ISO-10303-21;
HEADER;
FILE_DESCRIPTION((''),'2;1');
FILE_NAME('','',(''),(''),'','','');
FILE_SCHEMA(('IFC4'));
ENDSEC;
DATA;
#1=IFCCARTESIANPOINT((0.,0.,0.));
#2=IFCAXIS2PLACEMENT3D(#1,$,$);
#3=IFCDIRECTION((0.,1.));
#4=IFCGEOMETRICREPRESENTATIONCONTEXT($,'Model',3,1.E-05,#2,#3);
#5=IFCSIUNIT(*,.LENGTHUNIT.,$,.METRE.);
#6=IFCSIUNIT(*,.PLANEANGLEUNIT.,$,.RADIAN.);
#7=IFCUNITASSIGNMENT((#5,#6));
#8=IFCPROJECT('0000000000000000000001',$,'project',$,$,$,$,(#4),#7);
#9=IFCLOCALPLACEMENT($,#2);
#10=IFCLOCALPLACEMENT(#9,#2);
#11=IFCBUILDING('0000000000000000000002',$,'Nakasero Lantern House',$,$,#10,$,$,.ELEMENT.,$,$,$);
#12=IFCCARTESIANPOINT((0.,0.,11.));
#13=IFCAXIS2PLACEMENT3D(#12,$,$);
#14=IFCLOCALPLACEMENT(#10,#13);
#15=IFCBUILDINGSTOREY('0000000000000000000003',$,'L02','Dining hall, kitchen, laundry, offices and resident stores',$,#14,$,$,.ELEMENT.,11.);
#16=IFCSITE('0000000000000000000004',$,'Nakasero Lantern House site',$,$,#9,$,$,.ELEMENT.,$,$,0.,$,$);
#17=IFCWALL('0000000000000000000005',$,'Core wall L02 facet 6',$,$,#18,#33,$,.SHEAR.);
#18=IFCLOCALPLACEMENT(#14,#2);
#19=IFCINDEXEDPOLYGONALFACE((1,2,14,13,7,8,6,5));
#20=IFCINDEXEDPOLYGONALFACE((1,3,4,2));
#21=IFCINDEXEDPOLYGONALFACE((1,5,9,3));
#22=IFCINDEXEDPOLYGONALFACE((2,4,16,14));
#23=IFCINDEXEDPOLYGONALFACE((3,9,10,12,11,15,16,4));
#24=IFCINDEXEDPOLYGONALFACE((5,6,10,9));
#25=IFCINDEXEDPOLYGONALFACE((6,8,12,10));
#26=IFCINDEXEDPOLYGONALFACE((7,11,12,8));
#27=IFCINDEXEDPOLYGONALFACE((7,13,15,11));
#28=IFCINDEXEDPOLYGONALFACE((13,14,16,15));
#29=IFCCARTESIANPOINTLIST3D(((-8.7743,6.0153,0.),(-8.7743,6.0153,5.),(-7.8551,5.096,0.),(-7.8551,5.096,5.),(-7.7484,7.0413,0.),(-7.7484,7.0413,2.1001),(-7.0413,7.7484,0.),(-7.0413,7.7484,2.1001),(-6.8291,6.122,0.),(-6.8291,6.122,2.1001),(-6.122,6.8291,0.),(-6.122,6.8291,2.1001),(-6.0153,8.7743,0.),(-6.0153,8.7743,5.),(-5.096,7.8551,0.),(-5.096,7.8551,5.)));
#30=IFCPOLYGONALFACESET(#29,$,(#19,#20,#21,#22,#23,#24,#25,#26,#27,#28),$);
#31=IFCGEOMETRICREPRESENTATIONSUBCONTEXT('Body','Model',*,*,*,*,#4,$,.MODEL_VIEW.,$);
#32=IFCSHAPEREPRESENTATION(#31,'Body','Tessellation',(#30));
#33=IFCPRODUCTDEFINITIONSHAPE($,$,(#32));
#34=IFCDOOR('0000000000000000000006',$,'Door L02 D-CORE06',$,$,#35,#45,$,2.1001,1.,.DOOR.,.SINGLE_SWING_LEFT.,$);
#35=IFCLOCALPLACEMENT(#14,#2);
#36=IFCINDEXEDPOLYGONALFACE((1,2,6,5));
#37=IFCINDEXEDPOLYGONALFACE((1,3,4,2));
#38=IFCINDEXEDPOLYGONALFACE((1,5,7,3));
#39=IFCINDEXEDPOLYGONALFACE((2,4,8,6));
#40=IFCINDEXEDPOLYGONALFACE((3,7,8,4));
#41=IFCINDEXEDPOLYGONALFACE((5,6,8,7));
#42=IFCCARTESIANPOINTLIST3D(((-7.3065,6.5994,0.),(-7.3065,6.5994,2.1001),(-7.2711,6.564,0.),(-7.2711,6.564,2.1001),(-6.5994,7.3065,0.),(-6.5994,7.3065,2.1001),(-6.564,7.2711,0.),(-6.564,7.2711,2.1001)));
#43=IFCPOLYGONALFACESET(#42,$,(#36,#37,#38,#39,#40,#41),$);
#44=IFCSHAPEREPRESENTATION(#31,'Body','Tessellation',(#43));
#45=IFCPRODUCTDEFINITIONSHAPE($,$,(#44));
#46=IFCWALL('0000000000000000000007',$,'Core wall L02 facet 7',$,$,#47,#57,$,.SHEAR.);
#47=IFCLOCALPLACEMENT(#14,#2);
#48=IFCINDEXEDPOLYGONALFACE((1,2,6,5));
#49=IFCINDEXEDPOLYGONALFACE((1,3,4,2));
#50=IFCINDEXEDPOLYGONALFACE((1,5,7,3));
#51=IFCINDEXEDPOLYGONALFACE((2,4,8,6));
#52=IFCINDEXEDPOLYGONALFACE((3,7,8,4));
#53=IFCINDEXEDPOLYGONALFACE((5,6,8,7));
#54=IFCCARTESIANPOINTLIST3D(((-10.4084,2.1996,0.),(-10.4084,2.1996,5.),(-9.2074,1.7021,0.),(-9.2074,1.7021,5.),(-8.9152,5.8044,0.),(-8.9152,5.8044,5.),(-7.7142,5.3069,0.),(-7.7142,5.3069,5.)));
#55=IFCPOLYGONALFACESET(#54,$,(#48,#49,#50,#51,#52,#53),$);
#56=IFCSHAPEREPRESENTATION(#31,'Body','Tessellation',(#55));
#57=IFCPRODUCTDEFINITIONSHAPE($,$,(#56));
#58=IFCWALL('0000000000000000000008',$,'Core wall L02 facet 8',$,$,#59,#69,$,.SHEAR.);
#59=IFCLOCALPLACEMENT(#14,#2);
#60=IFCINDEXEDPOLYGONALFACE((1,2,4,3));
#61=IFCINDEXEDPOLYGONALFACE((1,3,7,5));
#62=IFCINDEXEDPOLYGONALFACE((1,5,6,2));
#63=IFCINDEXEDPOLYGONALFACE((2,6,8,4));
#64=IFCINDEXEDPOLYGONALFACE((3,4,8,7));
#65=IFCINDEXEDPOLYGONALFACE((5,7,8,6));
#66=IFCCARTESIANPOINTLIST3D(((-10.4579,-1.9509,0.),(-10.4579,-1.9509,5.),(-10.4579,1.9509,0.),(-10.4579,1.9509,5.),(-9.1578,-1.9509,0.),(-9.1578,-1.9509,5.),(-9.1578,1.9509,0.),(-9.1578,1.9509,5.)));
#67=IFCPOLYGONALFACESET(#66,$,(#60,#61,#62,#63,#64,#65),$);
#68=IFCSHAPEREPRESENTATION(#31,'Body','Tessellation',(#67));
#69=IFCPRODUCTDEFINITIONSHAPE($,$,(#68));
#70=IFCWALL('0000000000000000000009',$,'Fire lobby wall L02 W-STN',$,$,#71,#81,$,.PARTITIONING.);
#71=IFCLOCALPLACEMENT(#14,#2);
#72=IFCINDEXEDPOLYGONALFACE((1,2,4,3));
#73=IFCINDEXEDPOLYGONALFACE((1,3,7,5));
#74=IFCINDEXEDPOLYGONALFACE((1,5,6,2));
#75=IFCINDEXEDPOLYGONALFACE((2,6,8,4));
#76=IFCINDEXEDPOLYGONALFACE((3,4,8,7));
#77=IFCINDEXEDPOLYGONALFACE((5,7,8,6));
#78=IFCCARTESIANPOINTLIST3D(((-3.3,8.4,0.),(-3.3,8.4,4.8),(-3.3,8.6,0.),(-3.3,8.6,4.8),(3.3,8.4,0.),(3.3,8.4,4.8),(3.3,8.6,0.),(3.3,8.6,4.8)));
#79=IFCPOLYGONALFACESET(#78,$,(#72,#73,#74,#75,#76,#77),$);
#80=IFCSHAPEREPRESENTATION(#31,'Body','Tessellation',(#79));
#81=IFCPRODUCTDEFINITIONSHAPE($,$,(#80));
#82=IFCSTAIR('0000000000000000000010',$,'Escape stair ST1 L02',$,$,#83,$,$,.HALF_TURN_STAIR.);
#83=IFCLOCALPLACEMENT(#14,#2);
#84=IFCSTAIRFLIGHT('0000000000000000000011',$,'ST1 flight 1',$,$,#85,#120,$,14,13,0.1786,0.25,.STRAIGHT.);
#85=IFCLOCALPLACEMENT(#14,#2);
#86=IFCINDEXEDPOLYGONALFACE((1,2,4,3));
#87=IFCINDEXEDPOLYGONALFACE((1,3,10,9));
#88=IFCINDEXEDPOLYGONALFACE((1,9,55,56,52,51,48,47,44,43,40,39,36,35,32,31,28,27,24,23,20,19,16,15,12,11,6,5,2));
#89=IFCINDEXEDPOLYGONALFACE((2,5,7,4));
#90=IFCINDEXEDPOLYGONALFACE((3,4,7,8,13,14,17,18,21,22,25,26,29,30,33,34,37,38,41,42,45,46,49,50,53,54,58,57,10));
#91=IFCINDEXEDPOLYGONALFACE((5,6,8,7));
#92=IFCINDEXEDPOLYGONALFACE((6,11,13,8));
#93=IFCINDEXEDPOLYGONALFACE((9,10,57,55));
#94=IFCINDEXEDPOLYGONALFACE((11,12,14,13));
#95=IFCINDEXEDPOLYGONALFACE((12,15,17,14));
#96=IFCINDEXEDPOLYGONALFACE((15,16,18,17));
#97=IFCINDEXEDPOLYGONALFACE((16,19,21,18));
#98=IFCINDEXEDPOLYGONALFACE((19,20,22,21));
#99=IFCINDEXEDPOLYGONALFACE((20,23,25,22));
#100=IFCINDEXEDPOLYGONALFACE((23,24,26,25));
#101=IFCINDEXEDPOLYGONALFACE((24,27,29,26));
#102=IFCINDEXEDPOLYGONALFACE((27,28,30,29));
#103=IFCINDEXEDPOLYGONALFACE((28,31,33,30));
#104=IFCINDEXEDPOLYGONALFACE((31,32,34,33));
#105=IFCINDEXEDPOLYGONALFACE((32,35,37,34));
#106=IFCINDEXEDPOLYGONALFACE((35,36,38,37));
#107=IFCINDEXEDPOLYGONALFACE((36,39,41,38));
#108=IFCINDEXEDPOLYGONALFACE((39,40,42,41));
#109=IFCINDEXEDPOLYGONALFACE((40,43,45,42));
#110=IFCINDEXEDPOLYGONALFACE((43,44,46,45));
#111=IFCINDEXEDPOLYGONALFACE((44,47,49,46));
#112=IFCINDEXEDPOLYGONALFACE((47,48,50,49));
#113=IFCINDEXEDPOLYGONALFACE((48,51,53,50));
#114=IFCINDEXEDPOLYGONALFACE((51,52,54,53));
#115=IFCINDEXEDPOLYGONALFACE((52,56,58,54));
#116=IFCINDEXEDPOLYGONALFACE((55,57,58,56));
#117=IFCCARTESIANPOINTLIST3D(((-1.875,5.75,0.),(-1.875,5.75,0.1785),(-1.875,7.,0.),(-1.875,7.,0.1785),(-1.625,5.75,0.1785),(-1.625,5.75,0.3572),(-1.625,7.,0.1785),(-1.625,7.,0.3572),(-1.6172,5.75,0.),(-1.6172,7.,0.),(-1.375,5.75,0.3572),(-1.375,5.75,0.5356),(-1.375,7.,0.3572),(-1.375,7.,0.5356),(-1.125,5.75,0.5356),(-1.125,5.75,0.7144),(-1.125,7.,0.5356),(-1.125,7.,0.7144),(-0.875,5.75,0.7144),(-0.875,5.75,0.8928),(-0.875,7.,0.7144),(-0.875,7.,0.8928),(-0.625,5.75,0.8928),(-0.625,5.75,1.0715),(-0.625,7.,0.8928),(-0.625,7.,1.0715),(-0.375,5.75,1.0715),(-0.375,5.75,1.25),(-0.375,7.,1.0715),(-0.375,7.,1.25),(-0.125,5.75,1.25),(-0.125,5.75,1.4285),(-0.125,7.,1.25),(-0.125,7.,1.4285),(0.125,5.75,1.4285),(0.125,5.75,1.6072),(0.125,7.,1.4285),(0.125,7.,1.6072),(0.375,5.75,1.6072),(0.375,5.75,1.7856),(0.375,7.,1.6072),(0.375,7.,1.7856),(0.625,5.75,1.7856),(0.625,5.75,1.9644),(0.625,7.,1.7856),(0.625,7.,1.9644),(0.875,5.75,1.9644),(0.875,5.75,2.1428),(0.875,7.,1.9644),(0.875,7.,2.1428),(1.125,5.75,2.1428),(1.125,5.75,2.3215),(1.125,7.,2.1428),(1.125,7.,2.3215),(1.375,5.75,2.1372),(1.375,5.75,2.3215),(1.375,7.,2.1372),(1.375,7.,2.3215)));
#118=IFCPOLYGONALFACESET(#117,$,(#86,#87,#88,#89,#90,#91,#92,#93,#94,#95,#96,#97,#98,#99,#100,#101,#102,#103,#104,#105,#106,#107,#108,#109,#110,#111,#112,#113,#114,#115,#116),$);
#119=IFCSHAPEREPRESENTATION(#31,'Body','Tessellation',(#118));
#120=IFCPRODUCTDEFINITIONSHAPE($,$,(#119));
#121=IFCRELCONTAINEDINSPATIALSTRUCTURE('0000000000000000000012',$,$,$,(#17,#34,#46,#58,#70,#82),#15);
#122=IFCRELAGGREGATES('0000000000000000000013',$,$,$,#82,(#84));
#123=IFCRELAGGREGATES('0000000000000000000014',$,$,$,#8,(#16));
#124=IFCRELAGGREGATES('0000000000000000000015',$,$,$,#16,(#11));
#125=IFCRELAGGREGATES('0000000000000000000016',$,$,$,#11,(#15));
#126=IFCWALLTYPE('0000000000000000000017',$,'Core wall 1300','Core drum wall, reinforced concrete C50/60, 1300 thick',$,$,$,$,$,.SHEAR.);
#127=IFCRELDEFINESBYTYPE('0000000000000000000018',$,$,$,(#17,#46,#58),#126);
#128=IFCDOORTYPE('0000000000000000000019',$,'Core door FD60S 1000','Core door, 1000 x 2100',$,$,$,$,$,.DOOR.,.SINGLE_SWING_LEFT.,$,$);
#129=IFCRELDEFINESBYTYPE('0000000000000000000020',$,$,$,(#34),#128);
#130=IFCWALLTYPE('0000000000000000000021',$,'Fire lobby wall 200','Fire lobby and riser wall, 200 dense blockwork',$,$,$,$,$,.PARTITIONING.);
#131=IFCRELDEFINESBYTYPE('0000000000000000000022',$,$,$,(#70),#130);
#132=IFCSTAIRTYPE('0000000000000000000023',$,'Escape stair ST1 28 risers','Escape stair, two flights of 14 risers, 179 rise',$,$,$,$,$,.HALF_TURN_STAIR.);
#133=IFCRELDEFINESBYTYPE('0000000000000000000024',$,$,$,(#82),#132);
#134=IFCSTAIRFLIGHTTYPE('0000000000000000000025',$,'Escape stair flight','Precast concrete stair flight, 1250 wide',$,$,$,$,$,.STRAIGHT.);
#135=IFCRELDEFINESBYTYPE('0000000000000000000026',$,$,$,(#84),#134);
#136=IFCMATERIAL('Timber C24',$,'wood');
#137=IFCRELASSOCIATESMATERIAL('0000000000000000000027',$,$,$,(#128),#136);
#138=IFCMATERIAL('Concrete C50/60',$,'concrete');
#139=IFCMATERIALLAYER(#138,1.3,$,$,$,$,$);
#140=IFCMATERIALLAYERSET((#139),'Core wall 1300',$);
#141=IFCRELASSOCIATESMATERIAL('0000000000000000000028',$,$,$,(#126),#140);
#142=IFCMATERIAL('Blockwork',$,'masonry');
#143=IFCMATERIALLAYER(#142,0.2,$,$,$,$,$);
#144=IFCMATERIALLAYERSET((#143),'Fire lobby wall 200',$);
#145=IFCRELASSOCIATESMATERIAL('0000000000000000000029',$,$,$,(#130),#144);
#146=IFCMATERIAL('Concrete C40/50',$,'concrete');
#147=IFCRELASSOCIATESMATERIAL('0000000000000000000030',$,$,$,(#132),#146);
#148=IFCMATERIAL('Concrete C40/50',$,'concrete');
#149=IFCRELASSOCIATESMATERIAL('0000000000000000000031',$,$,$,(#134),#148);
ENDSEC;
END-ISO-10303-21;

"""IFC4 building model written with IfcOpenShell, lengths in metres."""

from ifc_helpers import new_model, si_unit, direction, frame, frame_2d, origin, place, context, subcontext, project, spatial, polyline, rectangle, outline, extrude, material, layer, layer_set, type_object, element, fill, aggregate, save


model = new_model("IFC4")

# Units and contexts
model_context = context("Model", 3, precision=1e-05, world=origin(), true_north=direction((0.0, 1.0)))
body_context = subcontext(model_context, "Body", "Model", "MODEL_VIEW")
ifc_project = project(units=[si_unit("LENGTHUNIT", "METRE"), si_unit("PLANEANGLEUNIT", "RADIAN")], contexts=[model_context])

# Site, building, storey
site_placement = place(None, origin())
site = spatial("IfcSite", under=ifc_project, at=site_placement, Name="Nakasero Lantern House site", CompositionType="ELEMENT", RefElevation=0.0)
building_placement = place(site_placement, origin())
building = spatial("IfcBuilding", under=site, at=building_placement, Name="Nakasero Lantern House", CompositionType="ELEMENT")
storey_placement = place(building_placement, frame((0.0, 0.0, 11.0)))
storey = spatial("IfcBuildingStorey", under=building, at=storey_placement, Name="L02", Description="Dining hall, kitchen, laundry, offices and resident stores", CompositionType="ELEMENT", Elevation=11.0)

# Shared definitions
ifc_material_1 = material(Name="Timber C24", Category="wood")
door_type = type_object("IfcDoorType", Name="Core door FD60S 1000", Description="Core door, 1000 x 2100", OperationType="SINGLE_SWING_LEFT", PredefinedType="DOOR", material=ifc_material_1)

# Shared definitions
ifc_material_2 = material(Name="Concrete C50/60", Category="concrete")
ifc_layer_1 = layer(ifc_material_2, 1.3)
ifc_layer_set_1 = layer_set([ifc_layer_1], Name="Core wall 1300")
wall_type_1 = type_object("IfcWallType", Name="Core wall 1300", Description="Core drum wall, reinforced concrete C50/60, 1300 thick", PredefinedType="SHEAR", material=ifc_layer_set_1)

# Wall, opening, door
wall_1_placement = place(storey_placement, frame((-5.5557, 8.3147, 0.0), z_axis=(0.0, 0.0, 1.0), x_axis=(-0.707107, -0.707107, 0.0)))
wall_1 = element("IfcWall", 1, at=wall_1_placement, inside=storey, type_object=wall_type_1, Name="Core wall L02 facet 6", PredefinedType="SHEAR", context=body_context, shape_type="SweptSolid", body=[
    extrude(rectangle(XDim=3.9019, YDim=1.3, at=frame_2d((1.9509, 0.0))), origin(), (0.0, 0.0, 1.0), 5.0),
])
opening_1_placement = place(wall_1_placement, frame((1.4509, 0.0, 0.0)))
opening_1 = element("IfcOpeningElement", 2, at=opening_1_placement, cuts=wall_1, PredefinedType="OPENING", context=body_context, shape_type="SweptSolid", body=[
    extrude(rectangle(XDim=1.0, YDim=2.1001, at=frame_2d((0.5, 1.05))), frame((0.0, 0.6699, 0.0), z_axis=(0.0, -1.0, 0.0), x_axis=(1.0, 0.0, 0.0)), (0.0, 0.0, 1.0), 1.3401),
])
door_1_placement = place(opening_1_placement, origin())
door_1 = element("IfcDoor", 3, at=door_1_placement, inside=storey, type_object=door_type, Name="Door L02 D-CORE06", OperationType="SINGLE_SWING_LEFT", OverallHeight=2.1001, OverallWidth=1.0, PredefinedType="DOOR", context=body_context, shape_type="SweptSolid", body=[
    extrude(rectangle(XDim=1.0, YDim=2.1001, at=frame_2d((0.5, 1.05))), frame((0.0, 0.0249, 0.0), z_axis=(0.0, -1.0, 0.0), x_axis=(1.0, 0.0, 0.0)), (0.0, 0.0, 1.0), 0.05),
])
fill(opening_1, door_1)

# Walls
for number, where, z_axis, x_axis, name in (
    (4, (-8.3147, 5.5557, 0.0), (0.0, 0.0, 1.0), (-0.382691, -0.923877, 0.0), "Core wall L02 facet 7"),
    (5, (-9.8079, 1.9509, 0.0), (0.0, 0.0, 1.0), (0.0, -1.0, 0.0), "Core wall L02 facet 8"),
):
    element("IfcWall", number, at=place(storey_placement, frame(where, z_axis=z_axis, x_axis=x_axis)), inside=storey, type_object=wall_type_1, Name=name, PredefinedType="SHEAR", context=body_context, shape_type="SweptSolid", body=[
        extrude(rectangle(XDim=3.9019, YDim=1.3, at=frame_2d((1.9509, 0.0))), origin(), (0.0, 0.0, 1.0), 5.0),
    ])
ifc_material_3 = material(Name="Blockwork", Category="masonry")
ifc_layer_2 = layer(ifc_material_3, 0.2)
ifc_layer_set_2 = layer_set([ifc_layer_2], Name="Fire lobby wall 200")
wall_type_2 = type_object("IfcWallType", Name="Fire lobby wall 200", Description="Fire lobby and riser wall, 200 dense blockwork", PredefinedType="PARTITIONING", material=ifc_layer_set_2)
wall_2_placement = place(storey_placement, frame((-3.3, 8.5, 0.0), z_axis=(0.0, 0.0, 1.0), x_axis=(1.0, 0.0, 0.0)))
element("IfcWall", 6, at=wall_2_placement, inside=storey, type_object=wall_type_2, Name="Fire lobby wall L02 W-STN", PredefinedType="PARTITIONING", context=body_context, shape_type="SweptSolid", body=[
    extrude(rectangle(XDim=6.6001, YDim=0.2, at=frame_2d((3.3, 0.0))), origin(), (0.0, 0.0, 1.0), 4.8),
])

# Stair, stair flight
ifc_material_4 = material(Name="Concrete C40/50", Category="concrete")
stair_type = type_object("IfcStairType", Name="Escape stair ST1 28 risers", Description="Escape stair, two flights of 14 risers, 179 rise", PredefinedType="HALF_TURN_STAIR", material=ifc_material_4)
stair_placement = place(storey_placement, origin())
stair = element("IfcStair", 7, at=stair_placement, inside=storey, type_object=stair_type, Name="Escape stair ST1 L02", PredefinedType="HALF_TURN_STAIR")
ifc_material_5 = material(Name="Concrete C40/50", Category="concrete")
stair_flight_type = type_object("IfcStairFlightType", Name="Escape stair flight", Description="Precast concrete stair flight, 1250 wide", PredefinedType="STRAIGHT", material=ifc_material_5)
stair_flight_placement = place(storey_placement, frame((-1.875, 6.375, 0.0), z_axis=(0.0, 0.0, 1.0), x_axis=(1.0, 0.0, 0.0)))
stair_flight = element("IfcStairFlight", 8, at=stair_flight_placement, type_object=stair_flight_type, Name="ST1 flight 1", NumberOfRisers=14, NumberOfTreads=13, PredefinedType="STRAIGHT", RiserHeight=0.1786, TreadLength=0.25, context=body_context, shape_type="SweptSolid", body=[
    extrude(outline(polyline([(0.0, 0.0), (0.0, 0.1785), (0.25, 0.1785), (0.25, 0.3572), (0.5, 0.3572), (0.5, 0.5356), (0.75, 0.5356), (0.75, 0.7144), (1.0, 0.7144), (1.0, 0.8928), (1.25, 0.8928), (1.25, 1.0715), (1.5, 1.0715), (1.5, 1.25), (1.75, 1.25), (1.75, 1.4285), (2.0, 1.4285), (2.0, 1.6072), (2.25, 1.6072), (2.25, 1.7856), (2.5, 1.7856), (2.5, 1.9644), (2.75, 1.9644), (2.75, 2.1428), (3.0, 2.1428), (3.0, 2.3215), (3.25, 2.3215), (3.25, 2.5), (3.25, 2.1372), (0.2578, 0.0), (0.0, 0.0)])), frame((0.0, 0.625, 0.0), z_axis=(0.0, -1.0, 0.0), x_axis=(1.0, 0.0, 0.0)), (0.0, 0.0, 1.0), 1.25),
])
aggregate(stair, [stair_flight])

save(model, "model.ifc")
